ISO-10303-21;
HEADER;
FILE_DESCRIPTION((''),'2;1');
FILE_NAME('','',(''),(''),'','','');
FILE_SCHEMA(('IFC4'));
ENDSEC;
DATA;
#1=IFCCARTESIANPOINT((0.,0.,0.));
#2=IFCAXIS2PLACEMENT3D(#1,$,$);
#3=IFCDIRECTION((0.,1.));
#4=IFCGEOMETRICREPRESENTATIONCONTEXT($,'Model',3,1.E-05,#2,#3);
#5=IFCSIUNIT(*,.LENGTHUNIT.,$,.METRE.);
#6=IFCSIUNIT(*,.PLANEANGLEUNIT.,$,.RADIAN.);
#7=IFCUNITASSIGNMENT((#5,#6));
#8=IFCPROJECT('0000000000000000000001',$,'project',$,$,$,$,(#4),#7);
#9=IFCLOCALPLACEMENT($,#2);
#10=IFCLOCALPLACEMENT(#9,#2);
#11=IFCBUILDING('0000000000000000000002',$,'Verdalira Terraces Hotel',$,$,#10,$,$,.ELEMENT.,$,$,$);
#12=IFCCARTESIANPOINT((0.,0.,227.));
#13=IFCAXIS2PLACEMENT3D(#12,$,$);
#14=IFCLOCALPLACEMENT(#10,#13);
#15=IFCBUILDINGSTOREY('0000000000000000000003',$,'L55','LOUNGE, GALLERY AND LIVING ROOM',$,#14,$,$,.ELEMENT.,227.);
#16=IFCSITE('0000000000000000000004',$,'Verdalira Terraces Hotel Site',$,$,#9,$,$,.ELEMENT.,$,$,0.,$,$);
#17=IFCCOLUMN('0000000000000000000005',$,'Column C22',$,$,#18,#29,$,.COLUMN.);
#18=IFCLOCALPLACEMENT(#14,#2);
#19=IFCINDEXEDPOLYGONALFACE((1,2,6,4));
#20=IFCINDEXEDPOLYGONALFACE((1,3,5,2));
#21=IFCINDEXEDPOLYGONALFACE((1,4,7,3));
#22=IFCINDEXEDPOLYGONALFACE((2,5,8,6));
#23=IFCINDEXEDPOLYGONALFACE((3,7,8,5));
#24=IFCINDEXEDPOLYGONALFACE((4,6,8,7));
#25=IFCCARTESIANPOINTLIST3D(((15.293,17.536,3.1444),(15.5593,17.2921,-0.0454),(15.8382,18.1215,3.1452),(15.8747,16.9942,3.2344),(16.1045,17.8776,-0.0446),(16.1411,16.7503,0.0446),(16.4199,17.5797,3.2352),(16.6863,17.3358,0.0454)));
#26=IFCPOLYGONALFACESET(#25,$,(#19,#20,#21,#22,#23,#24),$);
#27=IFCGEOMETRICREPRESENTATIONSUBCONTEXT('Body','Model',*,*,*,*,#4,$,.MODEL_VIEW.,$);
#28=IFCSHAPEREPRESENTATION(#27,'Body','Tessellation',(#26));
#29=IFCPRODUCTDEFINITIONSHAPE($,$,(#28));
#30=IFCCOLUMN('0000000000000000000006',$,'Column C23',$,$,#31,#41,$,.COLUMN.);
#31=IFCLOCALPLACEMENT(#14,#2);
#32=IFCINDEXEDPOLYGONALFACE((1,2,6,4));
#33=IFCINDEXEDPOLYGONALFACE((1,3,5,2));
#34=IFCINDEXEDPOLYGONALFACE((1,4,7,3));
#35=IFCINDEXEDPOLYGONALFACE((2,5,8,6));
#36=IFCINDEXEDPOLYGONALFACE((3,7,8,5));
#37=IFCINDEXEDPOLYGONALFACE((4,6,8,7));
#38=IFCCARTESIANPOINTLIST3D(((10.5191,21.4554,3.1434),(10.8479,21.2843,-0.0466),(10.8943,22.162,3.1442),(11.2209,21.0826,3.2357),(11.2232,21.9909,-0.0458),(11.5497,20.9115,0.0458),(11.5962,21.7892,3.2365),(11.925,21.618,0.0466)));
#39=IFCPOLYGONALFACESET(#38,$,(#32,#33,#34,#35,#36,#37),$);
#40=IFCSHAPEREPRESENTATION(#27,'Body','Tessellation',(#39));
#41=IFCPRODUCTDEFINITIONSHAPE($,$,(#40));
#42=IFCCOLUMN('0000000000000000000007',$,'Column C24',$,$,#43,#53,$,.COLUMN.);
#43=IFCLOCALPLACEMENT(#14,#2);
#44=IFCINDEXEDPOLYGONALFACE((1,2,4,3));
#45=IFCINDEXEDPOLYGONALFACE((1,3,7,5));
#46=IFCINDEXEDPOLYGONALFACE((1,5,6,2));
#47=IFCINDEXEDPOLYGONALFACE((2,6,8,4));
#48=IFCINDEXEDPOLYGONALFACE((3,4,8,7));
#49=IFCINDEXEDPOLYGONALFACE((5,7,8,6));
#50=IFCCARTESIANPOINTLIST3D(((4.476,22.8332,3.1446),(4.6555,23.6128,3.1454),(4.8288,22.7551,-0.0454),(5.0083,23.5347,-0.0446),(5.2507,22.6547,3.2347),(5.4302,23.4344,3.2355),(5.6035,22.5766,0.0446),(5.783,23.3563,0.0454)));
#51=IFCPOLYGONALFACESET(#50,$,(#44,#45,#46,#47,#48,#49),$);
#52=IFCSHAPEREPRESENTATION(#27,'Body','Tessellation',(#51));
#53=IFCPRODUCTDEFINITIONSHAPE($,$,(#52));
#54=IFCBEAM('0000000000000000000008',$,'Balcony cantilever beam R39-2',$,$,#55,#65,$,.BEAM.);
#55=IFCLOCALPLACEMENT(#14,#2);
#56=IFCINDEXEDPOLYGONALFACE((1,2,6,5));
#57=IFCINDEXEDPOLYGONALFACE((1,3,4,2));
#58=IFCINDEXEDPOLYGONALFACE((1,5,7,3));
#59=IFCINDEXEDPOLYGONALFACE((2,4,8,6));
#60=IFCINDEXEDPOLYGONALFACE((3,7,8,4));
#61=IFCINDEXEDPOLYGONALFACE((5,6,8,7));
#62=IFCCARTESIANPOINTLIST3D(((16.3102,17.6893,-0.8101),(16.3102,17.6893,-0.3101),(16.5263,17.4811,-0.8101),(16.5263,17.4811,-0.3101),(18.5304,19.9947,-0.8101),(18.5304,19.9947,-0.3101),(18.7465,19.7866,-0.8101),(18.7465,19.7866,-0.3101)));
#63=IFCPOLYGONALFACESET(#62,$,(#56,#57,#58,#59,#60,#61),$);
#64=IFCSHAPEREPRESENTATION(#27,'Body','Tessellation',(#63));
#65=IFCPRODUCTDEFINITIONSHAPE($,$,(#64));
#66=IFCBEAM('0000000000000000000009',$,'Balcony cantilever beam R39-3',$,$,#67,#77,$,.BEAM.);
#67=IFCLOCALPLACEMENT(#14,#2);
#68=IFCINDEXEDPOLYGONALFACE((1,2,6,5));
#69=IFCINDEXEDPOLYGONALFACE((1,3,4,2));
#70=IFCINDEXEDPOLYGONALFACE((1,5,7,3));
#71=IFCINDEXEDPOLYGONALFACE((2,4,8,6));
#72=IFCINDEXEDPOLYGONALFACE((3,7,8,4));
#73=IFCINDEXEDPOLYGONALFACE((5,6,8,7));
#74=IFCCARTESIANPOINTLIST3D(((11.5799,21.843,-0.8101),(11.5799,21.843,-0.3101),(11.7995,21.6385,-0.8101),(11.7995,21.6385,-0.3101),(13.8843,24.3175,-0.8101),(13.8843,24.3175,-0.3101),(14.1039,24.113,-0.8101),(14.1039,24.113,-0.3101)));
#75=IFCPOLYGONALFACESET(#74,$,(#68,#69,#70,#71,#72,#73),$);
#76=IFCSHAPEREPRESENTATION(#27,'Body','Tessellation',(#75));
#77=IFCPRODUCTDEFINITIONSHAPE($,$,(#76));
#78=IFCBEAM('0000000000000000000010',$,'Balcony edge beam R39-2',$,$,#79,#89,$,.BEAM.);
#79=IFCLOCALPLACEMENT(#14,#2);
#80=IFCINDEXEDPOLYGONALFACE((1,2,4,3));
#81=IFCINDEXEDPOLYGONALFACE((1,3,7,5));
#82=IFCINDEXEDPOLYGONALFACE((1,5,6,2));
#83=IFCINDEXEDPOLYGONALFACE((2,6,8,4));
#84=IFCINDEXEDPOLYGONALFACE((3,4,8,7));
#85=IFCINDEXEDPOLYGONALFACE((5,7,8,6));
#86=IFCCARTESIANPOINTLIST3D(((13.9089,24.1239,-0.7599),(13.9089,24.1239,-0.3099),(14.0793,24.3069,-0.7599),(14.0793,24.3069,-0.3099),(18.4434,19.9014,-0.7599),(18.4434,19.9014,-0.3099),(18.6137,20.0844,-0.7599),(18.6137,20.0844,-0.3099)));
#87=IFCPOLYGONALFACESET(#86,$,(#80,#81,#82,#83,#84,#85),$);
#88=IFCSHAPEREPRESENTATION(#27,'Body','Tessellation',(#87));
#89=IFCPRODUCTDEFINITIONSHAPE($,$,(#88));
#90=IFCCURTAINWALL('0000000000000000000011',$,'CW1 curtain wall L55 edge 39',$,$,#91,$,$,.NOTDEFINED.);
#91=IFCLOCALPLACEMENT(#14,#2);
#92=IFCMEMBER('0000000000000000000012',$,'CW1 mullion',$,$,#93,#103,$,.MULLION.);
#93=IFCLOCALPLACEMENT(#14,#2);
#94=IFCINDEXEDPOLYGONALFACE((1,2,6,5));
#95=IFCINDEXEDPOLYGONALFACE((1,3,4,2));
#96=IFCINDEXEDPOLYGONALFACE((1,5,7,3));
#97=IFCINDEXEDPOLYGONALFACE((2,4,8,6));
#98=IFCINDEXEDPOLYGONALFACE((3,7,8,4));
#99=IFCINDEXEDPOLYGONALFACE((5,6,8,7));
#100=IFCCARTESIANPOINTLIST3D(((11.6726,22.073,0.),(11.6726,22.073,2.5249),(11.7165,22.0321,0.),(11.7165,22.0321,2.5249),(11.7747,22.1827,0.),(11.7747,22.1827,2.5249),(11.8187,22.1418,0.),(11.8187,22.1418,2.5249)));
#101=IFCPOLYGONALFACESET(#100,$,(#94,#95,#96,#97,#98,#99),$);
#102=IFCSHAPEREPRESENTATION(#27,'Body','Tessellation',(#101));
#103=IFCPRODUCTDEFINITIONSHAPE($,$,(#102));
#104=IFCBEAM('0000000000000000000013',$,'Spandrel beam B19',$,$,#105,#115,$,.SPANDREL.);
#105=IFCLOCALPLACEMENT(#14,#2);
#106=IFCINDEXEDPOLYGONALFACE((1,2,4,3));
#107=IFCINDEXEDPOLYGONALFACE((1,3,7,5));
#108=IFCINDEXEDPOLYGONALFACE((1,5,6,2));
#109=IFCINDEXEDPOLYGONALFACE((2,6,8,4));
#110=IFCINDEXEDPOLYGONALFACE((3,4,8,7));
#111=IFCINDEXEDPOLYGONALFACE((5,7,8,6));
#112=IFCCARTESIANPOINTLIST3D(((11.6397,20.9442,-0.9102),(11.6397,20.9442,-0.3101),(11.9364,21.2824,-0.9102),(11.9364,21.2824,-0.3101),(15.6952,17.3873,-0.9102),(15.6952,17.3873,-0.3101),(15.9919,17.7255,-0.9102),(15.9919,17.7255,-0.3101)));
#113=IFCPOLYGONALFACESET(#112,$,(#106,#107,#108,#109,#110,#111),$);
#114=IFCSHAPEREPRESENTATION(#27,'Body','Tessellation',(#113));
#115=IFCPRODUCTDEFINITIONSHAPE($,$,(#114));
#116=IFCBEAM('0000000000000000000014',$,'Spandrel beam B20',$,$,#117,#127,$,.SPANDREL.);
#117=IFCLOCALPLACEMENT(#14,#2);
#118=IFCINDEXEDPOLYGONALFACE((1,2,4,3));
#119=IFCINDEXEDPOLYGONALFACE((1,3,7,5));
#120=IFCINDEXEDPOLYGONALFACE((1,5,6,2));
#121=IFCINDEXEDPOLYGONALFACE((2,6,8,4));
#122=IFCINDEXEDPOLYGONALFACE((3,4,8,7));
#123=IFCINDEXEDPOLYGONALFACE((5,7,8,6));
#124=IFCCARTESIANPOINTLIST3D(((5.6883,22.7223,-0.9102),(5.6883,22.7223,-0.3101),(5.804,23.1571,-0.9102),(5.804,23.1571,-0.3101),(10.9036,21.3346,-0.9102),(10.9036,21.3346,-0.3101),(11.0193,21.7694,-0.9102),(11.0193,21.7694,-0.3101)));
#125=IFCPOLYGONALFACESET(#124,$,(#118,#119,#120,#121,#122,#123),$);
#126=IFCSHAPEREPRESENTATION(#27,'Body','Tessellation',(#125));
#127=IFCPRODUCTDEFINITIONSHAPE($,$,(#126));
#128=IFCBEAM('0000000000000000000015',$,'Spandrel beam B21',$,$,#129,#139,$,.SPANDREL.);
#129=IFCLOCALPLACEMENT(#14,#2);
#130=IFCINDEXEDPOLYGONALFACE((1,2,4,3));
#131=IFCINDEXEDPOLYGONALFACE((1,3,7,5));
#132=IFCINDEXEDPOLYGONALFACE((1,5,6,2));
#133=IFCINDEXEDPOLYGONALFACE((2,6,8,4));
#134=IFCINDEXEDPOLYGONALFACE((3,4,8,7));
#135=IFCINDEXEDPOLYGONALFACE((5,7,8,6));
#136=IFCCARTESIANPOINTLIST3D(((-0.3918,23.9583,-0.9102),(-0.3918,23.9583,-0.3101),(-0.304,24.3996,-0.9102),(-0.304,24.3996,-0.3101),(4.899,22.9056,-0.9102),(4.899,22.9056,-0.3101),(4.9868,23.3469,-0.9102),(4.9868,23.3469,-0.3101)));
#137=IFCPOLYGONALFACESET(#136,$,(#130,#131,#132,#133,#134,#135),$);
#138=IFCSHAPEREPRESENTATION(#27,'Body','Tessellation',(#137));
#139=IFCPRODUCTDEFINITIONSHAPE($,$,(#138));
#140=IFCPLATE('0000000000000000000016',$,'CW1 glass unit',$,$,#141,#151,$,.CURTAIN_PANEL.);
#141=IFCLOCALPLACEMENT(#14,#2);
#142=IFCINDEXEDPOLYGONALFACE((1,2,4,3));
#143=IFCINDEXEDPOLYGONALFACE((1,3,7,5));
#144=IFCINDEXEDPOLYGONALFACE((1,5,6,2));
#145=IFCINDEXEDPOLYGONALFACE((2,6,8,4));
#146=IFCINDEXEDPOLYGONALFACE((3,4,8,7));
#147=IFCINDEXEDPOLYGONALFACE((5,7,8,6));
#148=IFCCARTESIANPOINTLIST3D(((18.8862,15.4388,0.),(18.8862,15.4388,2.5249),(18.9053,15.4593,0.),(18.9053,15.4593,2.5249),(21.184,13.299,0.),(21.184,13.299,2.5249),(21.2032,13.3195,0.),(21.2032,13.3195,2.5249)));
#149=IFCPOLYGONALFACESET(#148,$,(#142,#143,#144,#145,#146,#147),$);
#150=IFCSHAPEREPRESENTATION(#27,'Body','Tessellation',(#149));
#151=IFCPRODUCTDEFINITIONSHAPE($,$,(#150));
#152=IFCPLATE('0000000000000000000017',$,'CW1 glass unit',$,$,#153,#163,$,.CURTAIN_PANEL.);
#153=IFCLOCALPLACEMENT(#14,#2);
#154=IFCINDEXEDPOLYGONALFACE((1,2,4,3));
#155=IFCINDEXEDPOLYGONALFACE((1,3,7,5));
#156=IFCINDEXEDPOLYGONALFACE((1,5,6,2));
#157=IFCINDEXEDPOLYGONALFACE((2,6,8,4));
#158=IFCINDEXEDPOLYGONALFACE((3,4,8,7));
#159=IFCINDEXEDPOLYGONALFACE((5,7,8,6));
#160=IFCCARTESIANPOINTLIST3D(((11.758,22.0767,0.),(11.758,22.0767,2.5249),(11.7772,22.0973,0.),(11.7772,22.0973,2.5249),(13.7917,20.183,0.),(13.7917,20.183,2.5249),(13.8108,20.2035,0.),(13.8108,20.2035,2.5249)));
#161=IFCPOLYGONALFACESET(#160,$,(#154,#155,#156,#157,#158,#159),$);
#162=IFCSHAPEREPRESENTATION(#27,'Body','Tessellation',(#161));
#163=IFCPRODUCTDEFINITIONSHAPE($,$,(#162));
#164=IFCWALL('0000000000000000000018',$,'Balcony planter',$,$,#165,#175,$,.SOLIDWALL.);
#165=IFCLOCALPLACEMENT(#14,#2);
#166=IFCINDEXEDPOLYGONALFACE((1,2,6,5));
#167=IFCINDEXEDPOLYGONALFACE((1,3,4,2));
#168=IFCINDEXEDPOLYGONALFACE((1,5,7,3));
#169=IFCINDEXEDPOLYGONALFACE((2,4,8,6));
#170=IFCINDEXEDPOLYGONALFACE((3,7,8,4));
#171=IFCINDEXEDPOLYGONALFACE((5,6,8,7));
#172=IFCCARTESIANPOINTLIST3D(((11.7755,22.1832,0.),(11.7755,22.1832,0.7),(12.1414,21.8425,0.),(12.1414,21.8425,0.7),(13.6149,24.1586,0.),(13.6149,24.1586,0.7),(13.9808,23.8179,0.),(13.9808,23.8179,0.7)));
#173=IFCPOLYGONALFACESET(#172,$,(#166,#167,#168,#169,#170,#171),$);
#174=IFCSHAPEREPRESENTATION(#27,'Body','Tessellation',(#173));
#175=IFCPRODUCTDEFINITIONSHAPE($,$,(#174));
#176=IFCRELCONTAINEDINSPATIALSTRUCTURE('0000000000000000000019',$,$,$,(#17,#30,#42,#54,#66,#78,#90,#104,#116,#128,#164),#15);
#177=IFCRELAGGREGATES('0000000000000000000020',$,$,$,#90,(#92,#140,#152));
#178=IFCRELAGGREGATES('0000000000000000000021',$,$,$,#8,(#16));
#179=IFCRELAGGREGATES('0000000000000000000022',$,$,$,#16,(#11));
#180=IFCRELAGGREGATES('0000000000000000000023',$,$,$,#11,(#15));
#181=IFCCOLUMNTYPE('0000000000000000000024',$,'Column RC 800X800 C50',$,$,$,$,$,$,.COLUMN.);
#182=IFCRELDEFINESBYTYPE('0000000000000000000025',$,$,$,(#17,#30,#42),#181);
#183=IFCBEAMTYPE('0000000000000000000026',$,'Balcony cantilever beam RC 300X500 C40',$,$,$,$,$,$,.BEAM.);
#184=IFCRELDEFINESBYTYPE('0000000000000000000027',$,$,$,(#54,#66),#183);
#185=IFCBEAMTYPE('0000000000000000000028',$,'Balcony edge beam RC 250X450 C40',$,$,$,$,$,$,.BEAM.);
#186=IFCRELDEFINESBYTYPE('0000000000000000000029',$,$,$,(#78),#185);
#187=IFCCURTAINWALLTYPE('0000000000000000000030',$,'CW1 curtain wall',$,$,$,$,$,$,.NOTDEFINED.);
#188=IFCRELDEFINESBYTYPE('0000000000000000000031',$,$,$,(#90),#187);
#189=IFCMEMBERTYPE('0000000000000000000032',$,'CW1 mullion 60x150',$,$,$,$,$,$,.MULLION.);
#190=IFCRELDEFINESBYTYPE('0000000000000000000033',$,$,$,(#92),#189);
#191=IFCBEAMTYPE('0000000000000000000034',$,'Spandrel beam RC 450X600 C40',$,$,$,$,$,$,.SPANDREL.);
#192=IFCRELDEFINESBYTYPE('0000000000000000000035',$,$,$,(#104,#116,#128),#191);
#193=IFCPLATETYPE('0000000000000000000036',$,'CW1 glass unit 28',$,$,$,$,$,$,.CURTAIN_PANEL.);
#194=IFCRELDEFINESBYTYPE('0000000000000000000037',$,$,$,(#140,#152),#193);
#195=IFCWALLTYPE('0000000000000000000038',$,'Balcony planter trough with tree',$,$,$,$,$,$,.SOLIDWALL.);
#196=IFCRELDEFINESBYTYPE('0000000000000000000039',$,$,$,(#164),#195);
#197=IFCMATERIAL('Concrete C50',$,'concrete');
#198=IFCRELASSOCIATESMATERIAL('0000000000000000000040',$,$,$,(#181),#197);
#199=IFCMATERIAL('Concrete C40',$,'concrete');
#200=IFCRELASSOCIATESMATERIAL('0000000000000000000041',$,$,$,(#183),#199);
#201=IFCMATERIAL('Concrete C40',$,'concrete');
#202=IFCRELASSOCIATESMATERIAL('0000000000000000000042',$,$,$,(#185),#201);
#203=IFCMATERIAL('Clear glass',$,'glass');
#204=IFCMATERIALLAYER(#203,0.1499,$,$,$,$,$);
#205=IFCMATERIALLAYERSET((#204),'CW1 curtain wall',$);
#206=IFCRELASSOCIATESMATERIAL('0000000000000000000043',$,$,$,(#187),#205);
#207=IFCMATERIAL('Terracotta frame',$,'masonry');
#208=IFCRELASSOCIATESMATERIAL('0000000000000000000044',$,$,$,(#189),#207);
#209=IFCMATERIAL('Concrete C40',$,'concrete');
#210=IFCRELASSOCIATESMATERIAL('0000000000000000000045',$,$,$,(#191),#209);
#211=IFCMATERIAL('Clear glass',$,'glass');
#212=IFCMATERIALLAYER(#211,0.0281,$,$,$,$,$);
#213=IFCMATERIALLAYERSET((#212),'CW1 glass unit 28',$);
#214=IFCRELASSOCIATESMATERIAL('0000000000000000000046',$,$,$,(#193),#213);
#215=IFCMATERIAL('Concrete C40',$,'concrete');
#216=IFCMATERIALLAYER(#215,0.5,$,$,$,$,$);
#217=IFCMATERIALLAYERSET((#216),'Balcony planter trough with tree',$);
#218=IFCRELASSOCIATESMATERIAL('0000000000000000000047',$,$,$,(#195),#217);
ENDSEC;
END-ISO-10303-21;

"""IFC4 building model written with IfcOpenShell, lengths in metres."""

from ifc_helpers import new_model, si_unit, direction, frame, frame_2d, origin, origin_2d, place, context, subcontext, project, spatial, rectangle, extrude, material, layer, layer_set, material_profile, profile_set, type_object, element, aggregate, save


model = new_model("IFC4")

# Units and contexts
model_context = context("Model", 3, precision=1e-05, world=origin(), true_north=direction((0.0, 1.0)))
body_context = subcontext(model_context, "Body", "Model", "MODEL_VIEW")
ifc_project = project(units=[si_unit("LENGTHUNIT", "METRE"), si_unit("PLANEANGLEUNIT", "RADIAN")], contexts=[model_context])

# Site, building, storey
site_placement = place(None, origin())
site = spatial("IfcSite", under=ifc_project, at=site_placement, Name="Verdalira Terraces Hotel Site", CompositionType="ELEMENT", RefElevation=0.0)
building_placement = place(site_placement, origin())
building = spatial("IfcBuilding", under=site, at=building_placement, Name="Verdalira Terraces Hotel", CompositionType="ELEMENT")
storey_placement = place(building_placement, frame((0.0, 0.0, 227.0)))
storey = spatial("IfcBuildingStorey", under=building, at=storey_placement, Name="L55", Description="LOUNGE, GALLERY AND LIVING ROOM", CompositionType="ELEMENT", Elevation=227.0)

# Columns
ifc_material_1 = material(Name="Concrete C50", Category="concrete")
ifc_material_profile_1 = material_profile(ifc_material_1, rectangle(XDim=0.8, YDim=0.8, at=origin_2d()), Name="RC 800X800")
ifc_profile_set_1 = profile_set([ifc_material_profile_1], Name="Concrete C50")
column_type = type_object("IfcColumnType", Name="Column RC 800X800 C50", PredefinedType="COLUMN", material=ifc_profile_set_1)
column_1_placement = place(storey_placement, frame((16.1228, 17.314, 0.0), z_axis=(-0.082969, 0.075973, 0.993652), x_axis=(-0.727117, 0.677234, -0.112494)))
element("IfcColumn", 1, at=column_1_placement, inside=storey, type_object=column_type, Name="Column C22", PredefinedType="COLUMN", context=body_context, shape_type="SweptSolid", body=[
    extrude(rectangle(XDim=0.8, YDim=0.8, at=origin_2d()), origin(), (0.0, 0.0, 1.0), 3.2102),
])
column_2_placement = place(storey_placement, frame((11.3865, 21.4512, 0.0), z_axis=(-0.102403, 0.053292, 0.993314), x_axis=(0.877211, -0.466021, 0.115436)))
element("IfcColumn", 2, at=column_2_placement, inside=storey, type_object=column_type, Name="Column C23", PredefinedType="COLUMN", context=body_context, shape_type="SweptSolid", body=[
    extrude(rectangle(XDim=0.8, YDim=0.8, at=origin_2d()), origin(), (0.0, 0.0, 1.0), 3.2114),
])
column_3_placement = place(storey_placement, frame((5.3059, 23.0557, 0.0), z_axis=(-0.10989, 0.024335, 0.993646), x_axis=(-0.968284, 0.223066, -0.112548)))
element("IfcColumn", 3, at=column_3_placement, inside=storey, type_object=column_type, Name="Column C24", PredefinedType="COLUMN", context=body_context, shape_type="SweptSolid", body=[
    extrude(rectangle(XDim=0.8, YDim=0.8, at=origin_2d()), origin(), (0.0, 0.0, 1.0), 3.2104),
])

# Beams
ifc_material_2 = material(Name="Concrete C40", Category="concrete")
ifc_material_profile_2 = material_profile(ifc_material_2, rectangle(XDim=0.3, YDim=0.5, at=origin_2d()), Name="RC 300X500")
ifc_profile_set_2 = profile_set([ifc_material_profile_2], Name="Concrete C40")
beam_type_1 = type_object("IfcBeamType", Name="Balcony cantilever beam RC 300X500 C40", PredefinedType="BEAM", material=ifc_profile_set_2)
beam_1_placement = place(storey_placement, frame((16.4182, 17.5852, -0.5601), z_axis=(0.693671, 0.720292, 0.0), x_axis=(-0.720292, 0.693671, 0.0)))
element("IfcBeam", 4, at=beam_1_placement, inside=storey, type_object=beam_type_1, Name="Balcony cantilever beam R39-2", PredefinedType="BEAM", context=body_context, shape_type="SweptSolid", body=[
    extrude(rectangle(XDim=0.3, YDim=0.5, at=origin_2d()), origin(), (0.0, 0.0, 1.0), 3.2007),
])
beam_2_placement = place(storey_placement, frame((11.6897, 21.7407, -0.5601), z_axis=(0.681497, 0.731821, 0.0), x_axis=(-0.731821, 0.681497, 0.0)))
element("IfcBeam", 5, at=beam_2_placement, inside=storey, type_object=beam_type_1, Name="Balcony cantilever beam R39-3", PredefinedType="BEAM", context=body_context, shape_type="SweptSolid", body=[
    extrude(rectangle(XDim=0.3, YDim=0.5, at=origin_2d()), origin(), (0.0, 0.0, 1.0), 3.3813),
])
ifc_material_3 = material(Name="Concrete C40", Category="concrete")
ifc_material_profile_3 = material_profile(ifc_material_3, rectangle(XDim=0.25, YDim=0.45, at=origin_2d()), Name="RC 250X450")
ifc_profile_set_3 = profile_set([ifc_material_profile_3], Name="Concrete C40")
beam_type_2 = type_object("IfcBeamType", Name="Balcony edge beam RC 250X450 C40", PredefinedType="BEAM", material=ifc_profile_set_3)
beam_3_placement = place(storey_placement, frame((18.5286, 19.9929, -0.5349), z_axis=(-0.731837, 0.68148, 0.0), x_axis=(-0.68148, -0.731837, 0.0)))
element("IfcBeam", 6, at=beam_3_placement, inside=storey, type_object=beam_type_2, Name="Balcony edge beam R39-2", PredefinedType="BEAM", context=body_context, shape_type="SweptSolid", body=[
    extrude(rectangle(XDim=0.25, YDim=0.45, at=origin_2d()), origin(), (0.0, 0.0, 1.0), 6.196),
])

# Curtain wall, member
ifc_material_4 = material(Name="Clear glass", Category="glass")
ifc_layer_1 = layer(ifc_material_4, 0.1499)
ifc_layer_set_1 = layer_set([ifc_layer_1], Name="CW1 curtain wall")
curtain_wall_type = type_object("IfcCurtainWallType", Name="CW1 curtain wall", PredefinedType="NOTDEFINED", material=ifc_layer_set_1)
curtain_wall_placement = place(storey_placement, origin())
curtain_wall = element("IfcCurtainWall", 7, at=curtain_wall_placement, inside=storey, type_object=curtain_wall_type, Name="CW1 curtain wall L55 edge 39", PredefinedType="NOTDEFINED")
ifc_material_5 = material(Name="Terracotta frame", Category="masonry")
ifc_material_profile_4 = material_profile(ifc_material_5, rectangle(XDim=0.0601, YDim=0.1499, at=origin_2d()), Name="MU 60x150")
ifc_profile_set_4 = profile_set([ifc_material_profile_4], Name="Terracotta frame")
member_type = type_object("IfcMemberType", Name="CW1 mullion 60x150", PredefinedType="MULLION", material=ifc_profile_set_4)
member_placement = place(storey_placement, frame((11.7456, 22.1074, 0.0), z_axis=(0.0, 0.0, 1.0), x_axis=(-0.73183, 0.681488, 0.0)))
member = element("IfcMember", 8, at=member_placement, type_object=member_type, Name="CW1 mullion", PredefinedType="MULLION", context=body_context, shape_type="SweptSolid", body=[
    extrude(rectangle(XDim=0.0601, YDim=0.1499, at=origin_2d()), origin(), (0.0, 0.0, 1.0), 2.5249),
])

# Beams
ifc_material_6 = material(Name="Concrete C40", Category="concrete")
ifc_material_profile_5 = material_profile(ifc_material_6, rectangle(XDim=0.45, YDim=0.6001, at=origin_2d()), Name="RC 450X600")
ifc_profile_set_5 = profile_set([ifc_material_profile_5], Name="Concrete C40")
beam_type_3 = type_object("IfcBeamType", Name="Spandrel beam RC 450X600 C40", PredefinedType="SPANDREL", material=ifc_profile_set_5)
beam_4_placement = place(storey_placement, frame((15.8435, 17.5564, -0.6101), z_axis=(-0.751805, 0.659385, 0.0), x_axis=(-0.659385, -0.751805, 0.0)))
element("IfcBeam", 9, at=beam_4_placement, inside=storey, type_object=beam_type_3, Name="Spandrel beam B19", PredefinedType="SPANDREL", context=body_context, shape_type="SweptSolid", body=[
    extrude(rectangle(XDim=0.45, YDim=0.6001, at=origin_2d()), origin(), (0.0, 0.0, 1.0), 5.3943),
])
beam_5_placement = place(storey_placement, frame((10.9614, 21.552, -0.6101), z_axis=(-0.966376, 0.257133, 0.0), x_axis=(-0.257133, -0.966376, 0.0)))
element("IfcBeam", 10, at=beam_5_placement, inside=storey, type_object=beam_type_3, Name="Spandrel beam B20", PredefinedType="SPANDREL", context=body_context, shape_type="SweptSolid", body=[
    extrude(rectangle(XDim=0.45, YDim=0.6001, at=origin_2d()), origin(), (0.0, 0.0, 1.0), 5.3967),
])
beam_6_placement = place(storey_placement, frame((4.9429, 23.1262, -0.6101), z_axis=(-0.980773, 0.19515, 0.0), x_axis=(-0.19515, -0.980773, 0.0)))
element("IfcBeam", 11, at=beam_6_placement, inside=storey, type_object=beam_type_3, Name="Spandrel beam B21", PredefinedType="SPANDREL", context=body_context, shape_type="SweptSolid", body=[
    extrude(rectangle(XDim=0.45, YDim=0.6001, at=origin_2d()), origin(), (0.0, 0.0, 1.0), 5.3945),
])

# Plates
ifc_material_7 = material(Name="Clear glass", Category="glass")
ifc_layer_2 = layer(ifc_material_7, 0.0281)
ifc_layer_set_2 = layer_set([ifc_layer_2], Name="CW1 glass unit 28")
plate_type = type_object("IfcPlateType", Name="CW1 glass unit 28", PredefinedType="CURTAIN_PANEL", material=ifc_layer_set_2)
plate_1_placement = place(storey_placement, frame((20.0447, 14.3791, 0.0), z_axis=(0.0, 0.0, 1.0), x_axis=(-0.73183, 0.681488, 0.0)))
plate_1 = element("IfcPlate", 12, at=plate_1_placement, type_object=plate_type, Name="CW1 glass unit", PredefinedType="CURTAIN_PANEL", context=body_context, shape_type="SweptSolid", body=[
    extrude(rectangle(XDim=3.1399, YDim=0.0281, at=origin_2d()), origin(), (0.0, 0.0, 1.0), 2.5249),
])
plate_2_placement = place(storey_placement, frame((12.7844, 21.1401, 0.0), z_axis=(0.0, 0.0, 1.0), x_axis=(-0.73183, 0.681488, 0.0)))
plate_2 = element("IfcPlate", 13, at=plate_2_placement, type_object=plate_type, Name="CW1 glass unit", PredefinedType="CURTAIN_PANEL", context=body_context, shape_type="SweptSolid", body=[
    extrude(rectangle(XDim=2.7788, YDim=0.0281, at=origin_2d()), origin(), (0.0, 0.0, 1.0), 2.5249),
])
aggregate(curtain_wall, [member, plate_1, plate_2])

# Wall
ifc_material_8 = material(Name="Concrete C40", Category="concrete")
ifc_layer_3 = layer(ifc_material_8, 0.5)
ifc_layer_set_3 = layer_set([ifc_layer_3], Name="Balcony planter trough with tree")
wall_type_1 = type_object("IfcWallType", Name="Balcony planter trough with tree", PredefinedType="SOLIDWALL", material=ifc_layer_set_3)
wall_1_placement = place(storey_placement, frame((13.7979, 23.9883, 0.0), z_axis=(0.0, 0.0, 1.0), x_axis=(-0.681467, -0.731849, 0.0)))
element("IfcWall", 14, at=wall_1_placement, inside=storey, type_object=wall_type_1, Name="Balcony planter", PredefinedType="SOLIDWALL", context=body_context, shape_type="SweptSolid", body=[
    extrude(rectangle(XDim=2.6992, YDim=0.5, at=frame_2d((1.3496, 0.0))), origin(), (0.0, 0.0, 1.0), 0.7),
])

save(model, "model.ifc")
